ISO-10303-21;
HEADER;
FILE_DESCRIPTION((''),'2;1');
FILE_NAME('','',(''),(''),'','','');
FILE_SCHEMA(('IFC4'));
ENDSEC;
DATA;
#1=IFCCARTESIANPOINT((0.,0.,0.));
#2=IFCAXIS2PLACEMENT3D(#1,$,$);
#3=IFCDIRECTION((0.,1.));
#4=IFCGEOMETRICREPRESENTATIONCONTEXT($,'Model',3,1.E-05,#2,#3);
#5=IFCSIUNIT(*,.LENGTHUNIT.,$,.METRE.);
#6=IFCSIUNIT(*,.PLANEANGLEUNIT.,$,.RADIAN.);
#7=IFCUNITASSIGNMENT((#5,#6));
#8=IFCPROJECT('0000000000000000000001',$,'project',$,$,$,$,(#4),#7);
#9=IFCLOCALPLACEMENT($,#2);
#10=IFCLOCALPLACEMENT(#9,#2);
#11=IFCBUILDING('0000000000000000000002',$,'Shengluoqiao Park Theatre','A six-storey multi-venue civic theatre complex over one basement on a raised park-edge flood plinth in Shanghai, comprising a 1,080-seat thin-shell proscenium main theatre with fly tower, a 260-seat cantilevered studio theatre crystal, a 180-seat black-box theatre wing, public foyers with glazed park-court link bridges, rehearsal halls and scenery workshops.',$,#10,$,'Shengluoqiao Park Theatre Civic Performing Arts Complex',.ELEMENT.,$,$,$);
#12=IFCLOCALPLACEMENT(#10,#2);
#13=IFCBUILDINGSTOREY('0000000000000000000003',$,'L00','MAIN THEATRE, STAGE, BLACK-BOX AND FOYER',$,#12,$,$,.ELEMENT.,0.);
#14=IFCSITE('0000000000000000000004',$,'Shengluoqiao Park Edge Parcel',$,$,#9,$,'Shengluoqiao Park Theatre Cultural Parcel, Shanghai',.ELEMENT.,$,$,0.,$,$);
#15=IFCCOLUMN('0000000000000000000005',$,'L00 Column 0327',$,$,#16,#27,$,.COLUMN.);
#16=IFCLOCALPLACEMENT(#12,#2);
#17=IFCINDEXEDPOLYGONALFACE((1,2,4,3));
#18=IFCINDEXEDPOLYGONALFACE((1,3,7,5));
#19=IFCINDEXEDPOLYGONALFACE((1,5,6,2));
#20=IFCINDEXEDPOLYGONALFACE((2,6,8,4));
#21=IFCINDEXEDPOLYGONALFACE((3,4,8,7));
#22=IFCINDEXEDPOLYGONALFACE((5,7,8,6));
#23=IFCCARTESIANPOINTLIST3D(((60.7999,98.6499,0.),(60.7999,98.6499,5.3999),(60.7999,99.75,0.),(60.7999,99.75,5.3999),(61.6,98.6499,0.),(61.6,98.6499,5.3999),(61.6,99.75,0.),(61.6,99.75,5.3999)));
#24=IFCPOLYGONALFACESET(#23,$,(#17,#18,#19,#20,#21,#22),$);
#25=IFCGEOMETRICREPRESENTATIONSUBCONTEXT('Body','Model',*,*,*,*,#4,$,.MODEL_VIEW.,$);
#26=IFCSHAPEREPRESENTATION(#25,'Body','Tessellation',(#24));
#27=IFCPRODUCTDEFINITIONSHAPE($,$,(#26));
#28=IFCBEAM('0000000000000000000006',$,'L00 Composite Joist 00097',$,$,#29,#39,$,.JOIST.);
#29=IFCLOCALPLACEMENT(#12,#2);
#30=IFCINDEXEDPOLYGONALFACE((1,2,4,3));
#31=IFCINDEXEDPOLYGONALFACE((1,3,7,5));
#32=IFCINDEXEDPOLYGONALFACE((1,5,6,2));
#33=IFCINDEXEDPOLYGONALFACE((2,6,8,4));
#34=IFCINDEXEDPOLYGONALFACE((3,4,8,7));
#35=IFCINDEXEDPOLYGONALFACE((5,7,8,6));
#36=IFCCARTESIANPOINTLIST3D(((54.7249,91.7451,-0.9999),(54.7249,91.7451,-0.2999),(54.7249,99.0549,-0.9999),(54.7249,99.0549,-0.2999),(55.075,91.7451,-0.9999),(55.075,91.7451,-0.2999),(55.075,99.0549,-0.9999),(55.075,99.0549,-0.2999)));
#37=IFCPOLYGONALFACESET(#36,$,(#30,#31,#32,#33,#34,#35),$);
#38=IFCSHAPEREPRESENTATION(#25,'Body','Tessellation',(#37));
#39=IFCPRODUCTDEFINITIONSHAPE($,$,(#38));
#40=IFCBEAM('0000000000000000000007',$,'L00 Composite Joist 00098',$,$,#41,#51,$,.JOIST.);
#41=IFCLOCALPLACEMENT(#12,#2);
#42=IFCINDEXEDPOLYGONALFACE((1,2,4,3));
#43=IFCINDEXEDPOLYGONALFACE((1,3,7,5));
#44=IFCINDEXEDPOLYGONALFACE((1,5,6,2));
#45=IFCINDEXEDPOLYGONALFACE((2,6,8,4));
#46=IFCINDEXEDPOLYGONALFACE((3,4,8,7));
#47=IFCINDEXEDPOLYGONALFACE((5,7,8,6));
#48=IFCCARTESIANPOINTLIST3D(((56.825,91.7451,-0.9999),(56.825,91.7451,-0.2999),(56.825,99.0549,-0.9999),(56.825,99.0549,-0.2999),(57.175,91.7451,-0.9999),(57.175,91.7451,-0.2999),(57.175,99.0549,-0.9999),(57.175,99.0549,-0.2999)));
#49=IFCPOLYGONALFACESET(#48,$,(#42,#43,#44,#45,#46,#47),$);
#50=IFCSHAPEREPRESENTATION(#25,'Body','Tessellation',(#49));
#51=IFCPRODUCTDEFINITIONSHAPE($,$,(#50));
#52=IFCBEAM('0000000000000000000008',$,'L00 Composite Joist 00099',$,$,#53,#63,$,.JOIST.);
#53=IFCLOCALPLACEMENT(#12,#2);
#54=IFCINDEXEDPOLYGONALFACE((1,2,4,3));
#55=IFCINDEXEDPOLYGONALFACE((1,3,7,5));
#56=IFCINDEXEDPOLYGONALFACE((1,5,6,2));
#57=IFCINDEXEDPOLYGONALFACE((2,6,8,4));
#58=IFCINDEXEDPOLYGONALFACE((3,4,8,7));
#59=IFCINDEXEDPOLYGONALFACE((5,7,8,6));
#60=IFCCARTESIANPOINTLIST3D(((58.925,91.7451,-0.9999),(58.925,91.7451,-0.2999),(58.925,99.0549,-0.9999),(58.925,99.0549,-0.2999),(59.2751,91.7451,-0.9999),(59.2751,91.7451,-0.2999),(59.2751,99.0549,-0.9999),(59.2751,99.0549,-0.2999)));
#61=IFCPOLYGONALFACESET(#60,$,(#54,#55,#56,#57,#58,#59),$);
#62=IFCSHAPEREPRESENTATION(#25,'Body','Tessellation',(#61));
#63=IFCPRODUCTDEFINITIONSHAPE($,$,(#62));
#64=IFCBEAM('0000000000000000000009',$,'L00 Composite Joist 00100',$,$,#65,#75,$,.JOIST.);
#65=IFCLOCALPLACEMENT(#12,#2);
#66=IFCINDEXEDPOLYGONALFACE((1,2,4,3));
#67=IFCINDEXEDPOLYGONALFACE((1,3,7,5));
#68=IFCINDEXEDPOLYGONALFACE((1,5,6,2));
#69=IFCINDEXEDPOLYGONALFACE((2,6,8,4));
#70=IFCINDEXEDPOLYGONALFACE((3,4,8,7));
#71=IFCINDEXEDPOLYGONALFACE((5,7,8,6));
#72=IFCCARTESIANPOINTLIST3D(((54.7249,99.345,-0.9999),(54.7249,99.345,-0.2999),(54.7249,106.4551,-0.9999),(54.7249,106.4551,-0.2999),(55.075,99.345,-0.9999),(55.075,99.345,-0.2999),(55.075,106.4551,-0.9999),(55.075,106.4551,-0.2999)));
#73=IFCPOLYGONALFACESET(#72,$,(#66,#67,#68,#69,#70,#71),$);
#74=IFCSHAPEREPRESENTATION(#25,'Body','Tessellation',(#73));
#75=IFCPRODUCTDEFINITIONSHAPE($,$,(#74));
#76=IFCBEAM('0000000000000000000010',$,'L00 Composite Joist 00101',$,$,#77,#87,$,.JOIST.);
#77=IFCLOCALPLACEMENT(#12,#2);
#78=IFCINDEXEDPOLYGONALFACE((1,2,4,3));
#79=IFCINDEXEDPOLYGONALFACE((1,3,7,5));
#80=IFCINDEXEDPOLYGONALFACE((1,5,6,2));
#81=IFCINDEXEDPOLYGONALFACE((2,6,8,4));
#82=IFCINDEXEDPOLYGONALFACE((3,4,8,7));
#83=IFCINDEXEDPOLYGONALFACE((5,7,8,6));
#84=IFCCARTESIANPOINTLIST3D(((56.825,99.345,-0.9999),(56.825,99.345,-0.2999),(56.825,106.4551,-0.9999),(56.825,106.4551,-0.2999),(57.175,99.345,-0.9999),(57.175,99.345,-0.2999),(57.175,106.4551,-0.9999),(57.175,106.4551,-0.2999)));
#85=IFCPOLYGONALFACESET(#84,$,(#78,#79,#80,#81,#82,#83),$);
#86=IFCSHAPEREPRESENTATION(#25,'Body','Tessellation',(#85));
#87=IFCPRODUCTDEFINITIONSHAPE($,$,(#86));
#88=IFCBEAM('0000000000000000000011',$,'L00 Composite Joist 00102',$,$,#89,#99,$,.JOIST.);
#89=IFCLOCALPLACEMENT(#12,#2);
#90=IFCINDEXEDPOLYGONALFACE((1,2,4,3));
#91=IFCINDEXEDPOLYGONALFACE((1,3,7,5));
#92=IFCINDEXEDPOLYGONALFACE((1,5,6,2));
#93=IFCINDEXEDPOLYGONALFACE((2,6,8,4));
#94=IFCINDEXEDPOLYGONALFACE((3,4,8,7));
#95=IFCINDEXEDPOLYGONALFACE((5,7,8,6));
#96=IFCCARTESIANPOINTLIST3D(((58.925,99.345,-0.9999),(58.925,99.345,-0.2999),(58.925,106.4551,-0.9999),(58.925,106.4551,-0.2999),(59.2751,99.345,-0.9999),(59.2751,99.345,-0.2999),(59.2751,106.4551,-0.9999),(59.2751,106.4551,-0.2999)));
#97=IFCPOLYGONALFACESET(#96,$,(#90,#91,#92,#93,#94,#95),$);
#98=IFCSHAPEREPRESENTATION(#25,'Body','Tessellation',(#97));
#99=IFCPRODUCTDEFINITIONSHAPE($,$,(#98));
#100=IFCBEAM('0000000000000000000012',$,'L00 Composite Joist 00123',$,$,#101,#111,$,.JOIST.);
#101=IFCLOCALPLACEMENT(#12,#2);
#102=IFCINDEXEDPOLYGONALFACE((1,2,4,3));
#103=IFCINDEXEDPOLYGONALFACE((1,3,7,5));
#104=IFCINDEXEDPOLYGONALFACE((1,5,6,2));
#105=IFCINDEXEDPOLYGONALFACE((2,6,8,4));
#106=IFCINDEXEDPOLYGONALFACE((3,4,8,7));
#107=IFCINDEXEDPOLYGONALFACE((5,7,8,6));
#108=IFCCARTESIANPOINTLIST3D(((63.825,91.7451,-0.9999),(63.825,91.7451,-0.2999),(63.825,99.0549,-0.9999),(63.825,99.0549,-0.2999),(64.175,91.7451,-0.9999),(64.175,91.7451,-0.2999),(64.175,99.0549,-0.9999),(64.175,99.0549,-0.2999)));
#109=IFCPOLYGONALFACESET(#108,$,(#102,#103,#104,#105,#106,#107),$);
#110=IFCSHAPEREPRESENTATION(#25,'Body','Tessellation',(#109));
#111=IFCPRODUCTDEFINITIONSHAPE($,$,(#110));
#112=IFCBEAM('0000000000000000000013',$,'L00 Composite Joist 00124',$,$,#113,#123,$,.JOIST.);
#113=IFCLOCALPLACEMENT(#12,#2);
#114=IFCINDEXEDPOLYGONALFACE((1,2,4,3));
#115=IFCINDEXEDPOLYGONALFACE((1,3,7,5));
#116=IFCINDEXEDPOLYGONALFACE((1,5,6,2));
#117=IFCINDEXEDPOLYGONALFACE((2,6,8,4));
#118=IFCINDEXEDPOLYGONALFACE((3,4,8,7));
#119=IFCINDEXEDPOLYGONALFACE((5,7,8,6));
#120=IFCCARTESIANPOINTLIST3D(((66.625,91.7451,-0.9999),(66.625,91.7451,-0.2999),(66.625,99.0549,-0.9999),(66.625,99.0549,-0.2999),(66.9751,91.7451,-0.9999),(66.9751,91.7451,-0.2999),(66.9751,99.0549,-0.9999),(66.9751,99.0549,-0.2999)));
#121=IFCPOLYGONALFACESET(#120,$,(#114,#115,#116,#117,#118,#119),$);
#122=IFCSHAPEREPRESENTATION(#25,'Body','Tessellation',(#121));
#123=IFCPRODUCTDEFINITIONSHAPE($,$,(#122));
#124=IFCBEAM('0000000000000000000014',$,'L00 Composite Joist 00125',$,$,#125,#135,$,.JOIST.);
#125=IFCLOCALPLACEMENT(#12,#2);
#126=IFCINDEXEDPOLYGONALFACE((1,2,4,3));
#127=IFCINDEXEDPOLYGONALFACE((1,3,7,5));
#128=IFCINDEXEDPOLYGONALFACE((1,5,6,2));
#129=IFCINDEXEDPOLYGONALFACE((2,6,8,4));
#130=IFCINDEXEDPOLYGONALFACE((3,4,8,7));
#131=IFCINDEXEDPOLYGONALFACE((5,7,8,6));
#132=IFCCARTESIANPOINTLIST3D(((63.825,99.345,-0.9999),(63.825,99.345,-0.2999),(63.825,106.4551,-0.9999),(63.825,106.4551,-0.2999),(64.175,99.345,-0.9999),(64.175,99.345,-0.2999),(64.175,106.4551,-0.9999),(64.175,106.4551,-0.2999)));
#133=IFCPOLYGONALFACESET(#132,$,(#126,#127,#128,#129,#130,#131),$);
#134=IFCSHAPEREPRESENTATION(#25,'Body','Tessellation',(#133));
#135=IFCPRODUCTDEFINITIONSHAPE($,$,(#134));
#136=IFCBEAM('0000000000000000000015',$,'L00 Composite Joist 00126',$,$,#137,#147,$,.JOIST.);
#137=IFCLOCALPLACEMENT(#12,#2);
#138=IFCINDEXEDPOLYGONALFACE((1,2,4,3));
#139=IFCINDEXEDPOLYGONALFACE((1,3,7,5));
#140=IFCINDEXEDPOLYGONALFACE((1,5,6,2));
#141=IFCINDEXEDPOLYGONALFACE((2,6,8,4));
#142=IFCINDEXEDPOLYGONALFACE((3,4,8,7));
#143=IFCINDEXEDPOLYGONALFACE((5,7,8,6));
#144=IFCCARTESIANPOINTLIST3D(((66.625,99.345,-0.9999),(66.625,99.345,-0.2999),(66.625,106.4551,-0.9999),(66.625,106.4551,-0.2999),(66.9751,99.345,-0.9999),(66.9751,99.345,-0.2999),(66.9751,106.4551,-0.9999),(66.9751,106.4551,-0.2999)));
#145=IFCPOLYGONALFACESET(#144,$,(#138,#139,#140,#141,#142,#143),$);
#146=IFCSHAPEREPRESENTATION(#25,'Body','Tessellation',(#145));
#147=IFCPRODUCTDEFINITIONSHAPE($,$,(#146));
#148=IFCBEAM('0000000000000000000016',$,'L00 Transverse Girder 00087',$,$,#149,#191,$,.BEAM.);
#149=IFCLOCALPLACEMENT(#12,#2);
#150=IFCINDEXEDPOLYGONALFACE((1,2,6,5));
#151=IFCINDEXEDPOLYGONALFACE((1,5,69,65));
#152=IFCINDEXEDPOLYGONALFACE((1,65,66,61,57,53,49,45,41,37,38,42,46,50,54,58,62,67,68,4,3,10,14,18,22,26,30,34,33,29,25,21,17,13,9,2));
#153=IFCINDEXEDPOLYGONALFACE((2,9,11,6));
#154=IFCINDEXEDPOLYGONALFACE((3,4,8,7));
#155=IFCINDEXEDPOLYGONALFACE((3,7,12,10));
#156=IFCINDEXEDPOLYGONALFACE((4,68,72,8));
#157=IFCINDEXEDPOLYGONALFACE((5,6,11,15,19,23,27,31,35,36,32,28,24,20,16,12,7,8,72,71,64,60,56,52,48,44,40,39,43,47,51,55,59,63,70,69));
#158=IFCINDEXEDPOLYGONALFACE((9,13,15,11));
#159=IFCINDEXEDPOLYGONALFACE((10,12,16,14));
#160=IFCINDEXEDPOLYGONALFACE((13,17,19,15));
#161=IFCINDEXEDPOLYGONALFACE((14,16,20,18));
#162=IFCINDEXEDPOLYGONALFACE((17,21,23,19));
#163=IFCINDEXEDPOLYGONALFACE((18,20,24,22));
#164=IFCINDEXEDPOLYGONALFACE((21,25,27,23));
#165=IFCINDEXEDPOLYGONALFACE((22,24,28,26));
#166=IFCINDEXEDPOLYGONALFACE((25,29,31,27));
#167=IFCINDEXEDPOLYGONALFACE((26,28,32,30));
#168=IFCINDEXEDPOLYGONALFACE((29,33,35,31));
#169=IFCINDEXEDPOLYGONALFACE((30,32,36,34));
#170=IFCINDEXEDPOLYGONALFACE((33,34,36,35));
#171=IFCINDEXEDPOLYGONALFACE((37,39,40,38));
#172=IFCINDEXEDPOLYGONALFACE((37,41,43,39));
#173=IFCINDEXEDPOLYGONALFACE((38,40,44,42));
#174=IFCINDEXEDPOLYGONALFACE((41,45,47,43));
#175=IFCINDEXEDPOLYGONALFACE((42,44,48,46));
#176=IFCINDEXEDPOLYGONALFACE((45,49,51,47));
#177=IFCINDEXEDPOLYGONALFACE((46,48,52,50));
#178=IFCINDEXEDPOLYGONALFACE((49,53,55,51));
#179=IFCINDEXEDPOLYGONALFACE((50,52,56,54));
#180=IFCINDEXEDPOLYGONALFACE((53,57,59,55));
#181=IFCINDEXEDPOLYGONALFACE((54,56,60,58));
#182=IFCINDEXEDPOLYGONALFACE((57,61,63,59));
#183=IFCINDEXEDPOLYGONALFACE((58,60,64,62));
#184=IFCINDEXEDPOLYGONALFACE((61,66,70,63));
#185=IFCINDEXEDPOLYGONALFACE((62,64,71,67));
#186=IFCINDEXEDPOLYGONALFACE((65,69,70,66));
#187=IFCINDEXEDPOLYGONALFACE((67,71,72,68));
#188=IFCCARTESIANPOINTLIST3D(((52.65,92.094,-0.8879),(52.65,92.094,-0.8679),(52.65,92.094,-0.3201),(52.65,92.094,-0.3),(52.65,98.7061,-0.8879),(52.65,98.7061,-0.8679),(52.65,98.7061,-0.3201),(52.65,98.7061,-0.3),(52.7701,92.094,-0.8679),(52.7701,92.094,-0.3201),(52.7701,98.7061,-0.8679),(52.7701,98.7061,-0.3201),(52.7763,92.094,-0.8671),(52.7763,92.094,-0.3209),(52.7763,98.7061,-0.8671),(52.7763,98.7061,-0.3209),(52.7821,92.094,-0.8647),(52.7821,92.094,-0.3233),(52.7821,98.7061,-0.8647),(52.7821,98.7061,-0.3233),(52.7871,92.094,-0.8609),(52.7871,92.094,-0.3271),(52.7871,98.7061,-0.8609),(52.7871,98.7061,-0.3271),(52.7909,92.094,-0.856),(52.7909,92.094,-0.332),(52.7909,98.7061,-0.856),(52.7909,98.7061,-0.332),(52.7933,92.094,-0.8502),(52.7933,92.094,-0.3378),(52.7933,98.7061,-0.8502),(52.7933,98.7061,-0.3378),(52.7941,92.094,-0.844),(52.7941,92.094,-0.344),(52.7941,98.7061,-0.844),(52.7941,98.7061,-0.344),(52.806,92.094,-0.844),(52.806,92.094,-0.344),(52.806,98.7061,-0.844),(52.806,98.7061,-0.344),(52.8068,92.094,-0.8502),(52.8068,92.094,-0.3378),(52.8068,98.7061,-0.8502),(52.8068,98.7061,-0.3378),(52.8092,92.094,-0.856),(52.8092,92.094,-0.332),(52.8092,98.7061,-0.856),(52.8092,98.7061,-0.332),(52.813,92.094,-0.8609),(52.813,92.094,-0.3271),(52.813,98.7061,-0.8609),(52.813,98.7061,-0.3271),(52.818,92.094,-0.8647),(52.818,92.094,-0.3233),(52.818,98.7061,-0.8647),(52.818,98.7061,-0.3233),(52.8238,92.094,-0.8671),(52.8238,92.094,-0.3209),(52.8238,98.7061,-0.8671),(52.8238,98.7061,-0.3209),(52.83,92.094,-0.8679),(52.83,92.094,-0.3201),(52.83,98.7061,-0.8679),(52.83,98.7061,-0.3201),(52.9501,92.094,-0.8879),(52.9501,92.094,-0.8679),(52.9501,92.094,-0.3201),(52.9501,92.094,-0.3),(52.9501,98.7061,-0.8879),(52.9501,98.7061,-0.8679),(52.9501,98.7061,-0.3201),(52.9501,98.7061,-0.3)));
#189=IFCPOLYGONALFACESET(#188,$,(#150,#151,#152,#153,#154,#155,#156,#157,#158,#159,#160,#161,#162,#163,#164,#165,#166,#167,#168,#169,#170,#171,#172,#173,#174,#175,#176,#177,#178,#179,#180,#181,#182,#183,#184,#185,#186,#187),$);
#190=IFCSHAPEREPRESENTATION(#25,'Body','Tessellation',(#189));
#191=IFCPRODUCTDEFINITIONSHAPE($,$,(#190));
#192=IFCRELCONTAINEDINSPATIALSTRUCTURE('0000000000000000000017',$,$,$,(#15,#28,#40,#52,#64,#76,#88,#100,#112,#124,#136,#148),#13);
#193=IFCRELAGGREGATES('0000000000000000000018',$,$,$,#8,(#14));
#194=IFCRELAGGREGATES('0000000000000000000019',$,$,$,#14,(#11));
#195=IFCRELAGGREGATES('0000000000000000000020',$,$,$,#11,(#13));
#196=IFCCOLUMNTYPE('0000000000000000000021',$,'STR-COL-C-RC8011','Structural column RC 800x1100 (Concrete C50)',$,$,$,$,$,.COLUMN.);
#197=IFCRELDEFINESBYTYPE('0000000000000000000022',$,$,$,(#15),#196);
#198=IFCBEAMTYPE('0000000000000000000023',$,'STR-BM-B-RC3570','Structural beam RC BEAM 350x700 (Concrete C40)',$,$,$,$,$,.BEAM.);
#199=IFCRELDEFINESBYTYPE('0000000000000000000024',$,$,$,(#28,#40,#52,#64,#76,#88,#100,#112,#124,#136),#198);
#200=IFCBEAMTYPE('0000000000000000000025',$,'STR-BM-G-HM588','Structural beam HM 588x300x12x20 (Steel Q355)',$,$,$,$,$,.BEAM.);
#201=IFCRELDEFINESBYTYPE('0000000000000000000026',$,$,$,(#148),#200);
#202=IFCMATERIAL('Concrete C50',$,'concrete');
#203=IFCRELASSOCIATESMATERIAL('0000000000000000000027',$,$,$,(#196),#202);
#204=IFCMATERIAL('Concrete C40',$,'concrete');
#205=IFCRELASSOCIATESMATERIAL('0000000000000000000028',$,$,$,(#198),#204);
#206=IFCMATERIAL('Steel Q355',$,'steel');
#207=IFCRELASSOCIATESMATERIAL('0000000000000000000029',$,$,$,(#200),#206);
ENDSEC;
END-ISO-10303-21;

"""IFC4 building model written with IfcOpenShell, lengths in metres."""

from ifc_helpers import new_model, si_unit, direction, frame, origin, origin_2d, place, context, subcontext, project, spatial, rectangle, i_section, extrude, material, material_profile, profile_set, type_object, element, save


model = new_model("IFC4")

# Units and contexts
model_context = context("Model", 3, precision=1e-05, world=origin(), true_north=direction((0.0, 1.0)))
body_context = subcontext(model_context, "Body", "Model", "MODEL_VIEW")
ifc_project = project(units=[si_unit("LENGTHUNIT", "METRE"), si_unit("PLANEANGLEUNIT", "RADIAN")], contexts=[model_context])

# Site, building, storey
site_placement = place(None, origin())
site = spatial("IfcSite", under=ifc_project, at=site_placement, Name="Shengluoqiao Park Edge Parcel", LongName="Shengluoqiao Park Theatre Cultural Parcel, Shanghai", CompositionType="ELEMENT", RefElevation=0.0)
building_placement = place(site_placement, origin())
building = spatial("IfcBuilding", under=site, at=building_placement, Name="Shengluoqiao Park Theatre", Description="A six-storey multi-venue civic theatre complex over one basement on a raised park-edge flood plinth in Shanghai, comprising a 1,080-seat thin-shell proscenium main theatre with fly tower, a 260-seat cantilevered studio theatre crystal, a 180-seat black-box theatre wing, public foyers with glazed park-court link bridges, rehearsal halls and scenery workshops.", LongName="Shengluoqiao Park Theatre Civic Performing Arts Complex", CompositionType="ELEMENT")
storey_placement = place(building_placement, origin())
storey = spatial("IfcBuildingStorey", under=building, at=storey_placement, Name="L00", Description="MAIN THEATRE, STAGE, BLACK-BOX AND FOYER", CompositionType="ELEMENT", Elevation=0.0)

# Column
ifc_material_1 = material(Name="Concrete C50", Category="concrete")
ifc_material_profile_1 = material_profile(ifc_material_1, rectangle(XDim=0.8, YDim=1.1001, at=origin_2d()), Name="RC 800x1100")
ifc_profile_set_1 = profile_set([ifc_material_profile_1], Name="Concrete C50")
column_type = type_object("IfcColumnType", Name="STR-COL-C-RC8011", Description="Structural column RC 800x1100 (Concrete C50)", PredefinedType="COLUMN", material=ifc_profile_set_1)
column_placement = place(storey_placement, frame((61.2, 99.2, 0.0), z_axis=(0.0, 0.0, 1.0), x_axis=(1.0, 0.0, 0.0)))
element("IfcColumn", 1, at=column_placement, inside=storey, type_object=column_type, Name="L00 Column 0327", PredefinedType="COLUMN", context=body_context, shape_type="SweptSolid", body=[
    extrude(rectangle(XDim=0.8, YDim=1.1001, at=origin_2d()), origin(), (0.0, 0.0, 1.0), 5.3999),
])

# Beams
ifc_material_2 = material(Name="Concrete C40", Category="concrete")
ifc_material_profile_2 = material_profile(ifc_material_2, rectangle(XDim=0.3501, YDim=0.7, at=origin_2d()), Name="RC BEAM 350x700")
ifc_profile_set_2 = profile_set([ifc_material_profile_2], Name="Concrete C40")
beam_type_1 = type_object("IfcBeamType", Name="STR-BM-B-RC3570", Description="Structural beam RC BEAM 350x700 (Concrete C40)", PredefinedType="BEAM", material=ifc_profile_set_2)
for number, where, z_axis, x_axis, name in (
    (2, (54.8999, 91.7451, -0.6499), (0.0, 1.0, 0.0), (-1.0, 0.0, 0.0), "L00 Composite Joist 00097"),
    (3, (57.0, 91.7451, -0.6499), (0.0, 1.0, 0.0), (-1.0, 0.0, 0.0), "L00 Composite Joist 00098"),
    (4, (59.1001, 91.7451, -0.6499), (0.0, 1.0, 0.0), (-1.0, 0.0, 0.0), "L00 Composite Joist 00099"),
):
    element("IfcBeam", number, at=place(storey_placement, frame(where, z_axis=z_axis, x_axis=x_axis)), inside=storey, type_object=beam_type_1, Name=name, PredefinedType="JOIST", context=body_context, shape_type="SweptSolid", body=[
        extrude(rectangle(XDim=0.3501, YDim=0.7, at=origin_2d()), origin(), (0.0, 0.0, 1.0), 7.3098),
    ])
for number, where, z_axis, x_axis, name in (
    (5, (54.8999, 99.345, -0.6499), (0.0, 1.0, 0.0), (-1.0, 0.0, 0.0), "L00 Composite Joist 00100"),
    (6, (57.0, 99.345, -0.6499), (0.0, 1.0, 0.0), (-1.0, 0.0, 0.0), "L00 Composite Joist 00101"),
    (7, (59.1001, 99.345, -0.6499), (0.0, 1.0, 0.0), (-1.0, 0.0, 0.0), "L00 Composite Joist 00102"),
):
    element("IfcBeam", number, at=place(storey_placement, frame(where, z_axis=z_axis, x_axis=x_axis)), inside=storey, type_object=beam_type_1, Name=name, PredefinedType="JOIST", context=body_context, shape_type="SweptSolid", body=[
        extrude(rectangle(XDim=0.3501, YDim=0.7, at=origin_2d()), origin(), (0.0, 0.0, 1.0), 7.1101),
    ])
for number, where, z_axis, x_axis, name in (
    (8, (64.0, 91.7451, -0.6499), (0.0, 1.0, 0.0), (-1.0, 0.0, 0.0), "L00 Composite Joist 00123"),
    (9, (66.8, 91.7451, -0.6499), (0.0, 1.0, 0.0), (-1.0, 0.0, 0.0), "L00 Composite Joist 00124"),
):
    element("IfcBeam", number, at=place(storey_placement, frame(where, z_axis=z_axis, x_axis=x_axis)), inside=storey, type_object=beam_type_1, Name=name, PredefinedType="JOIST", context=body_context, shape_type="SweptSolid", body=[
        extrude(rectangle(XDim=0.3501, YDim=0.7, at=origin_2d()), origin(), (0.0, 0.0, 1.0), 7.3098),
    ])
for number, where, z_axis, x_axis, name in (
    (10, (64.0, 99.345, -0.6499), (0.0, 1.0, 0.0), (-1.0, 0.0, 0.0), "L00 Composite Joist 00125"),
    (11, (66.8, 99.345, -0.6499), (0.0, 1.0, 0.0), (-1.0, 0.0, 0.0), "L00 Composite Joist 00126"),
):
    element("IfcBeam", number, at=place(storey_placement, frame(where, z_axis=z_axis, x_axis=x_axis)), inside=storey, type_object=beam_type_1, Name=name, PredefinedType="JOIST", context=body_context, shape_type="SweptSolid", body=[
        extrude(rectangle(XDim=0.3501, YDim=0.7, at=origin_2d()), origin(), (0.0, 0.0, 1.0), 7.1101),
    ])
ifc_material_3 = material(Name="Steel Q355", Category="steel")
ifc_material_profile_3 = material_profile(ifc_material_3, i_section(OverallWidth=0.3, OverallDepth=0.5879, WebThickness=0.012, FlangeThickness=0.02, FilletRadius=0.0239, at=origin_2d()), Name="HM 588x300x12x20")
ifc_profile_set_3 = profile_set([ifc_material_profile_3], Name="Steel Q355")
beam_type_2 = type_object("IfcBeamType", Name="STR-BM-G-HM588", Description="Structural beam HM 588x300x12x20 (Steel Q355)", PredefinedType="BEAM", material=ifc_profile_set_3)
for number, where, z_axis, x_axis, name in (
    (12, (52.8, 92.094, -0.594), (0.0, 1.0, 0.0), (-1.0, 0.0, 0.0), "L00 Transverse Girder 00087"),
):
    element("IfcBeam", number, at=place(storey_placement, frame(where, z_axis=z_axis, x_axis=x_axis)), inside=storey, type_object=beam_type_2, Name=name, PredefinedType="BEAM", context=body_context, shape_type="SweptSolid", body=[
        extrude(i_section(OverallWidth=0.3, OverallDepth=0.5879, WebThickness=0.012, FlangeThickness=0.02, FilletRadius=0.0239, at=origin_2d()), origin(), (0.0, 0.0, 1.0), 6.6121),
    ])

save(model, "model.ifc")
